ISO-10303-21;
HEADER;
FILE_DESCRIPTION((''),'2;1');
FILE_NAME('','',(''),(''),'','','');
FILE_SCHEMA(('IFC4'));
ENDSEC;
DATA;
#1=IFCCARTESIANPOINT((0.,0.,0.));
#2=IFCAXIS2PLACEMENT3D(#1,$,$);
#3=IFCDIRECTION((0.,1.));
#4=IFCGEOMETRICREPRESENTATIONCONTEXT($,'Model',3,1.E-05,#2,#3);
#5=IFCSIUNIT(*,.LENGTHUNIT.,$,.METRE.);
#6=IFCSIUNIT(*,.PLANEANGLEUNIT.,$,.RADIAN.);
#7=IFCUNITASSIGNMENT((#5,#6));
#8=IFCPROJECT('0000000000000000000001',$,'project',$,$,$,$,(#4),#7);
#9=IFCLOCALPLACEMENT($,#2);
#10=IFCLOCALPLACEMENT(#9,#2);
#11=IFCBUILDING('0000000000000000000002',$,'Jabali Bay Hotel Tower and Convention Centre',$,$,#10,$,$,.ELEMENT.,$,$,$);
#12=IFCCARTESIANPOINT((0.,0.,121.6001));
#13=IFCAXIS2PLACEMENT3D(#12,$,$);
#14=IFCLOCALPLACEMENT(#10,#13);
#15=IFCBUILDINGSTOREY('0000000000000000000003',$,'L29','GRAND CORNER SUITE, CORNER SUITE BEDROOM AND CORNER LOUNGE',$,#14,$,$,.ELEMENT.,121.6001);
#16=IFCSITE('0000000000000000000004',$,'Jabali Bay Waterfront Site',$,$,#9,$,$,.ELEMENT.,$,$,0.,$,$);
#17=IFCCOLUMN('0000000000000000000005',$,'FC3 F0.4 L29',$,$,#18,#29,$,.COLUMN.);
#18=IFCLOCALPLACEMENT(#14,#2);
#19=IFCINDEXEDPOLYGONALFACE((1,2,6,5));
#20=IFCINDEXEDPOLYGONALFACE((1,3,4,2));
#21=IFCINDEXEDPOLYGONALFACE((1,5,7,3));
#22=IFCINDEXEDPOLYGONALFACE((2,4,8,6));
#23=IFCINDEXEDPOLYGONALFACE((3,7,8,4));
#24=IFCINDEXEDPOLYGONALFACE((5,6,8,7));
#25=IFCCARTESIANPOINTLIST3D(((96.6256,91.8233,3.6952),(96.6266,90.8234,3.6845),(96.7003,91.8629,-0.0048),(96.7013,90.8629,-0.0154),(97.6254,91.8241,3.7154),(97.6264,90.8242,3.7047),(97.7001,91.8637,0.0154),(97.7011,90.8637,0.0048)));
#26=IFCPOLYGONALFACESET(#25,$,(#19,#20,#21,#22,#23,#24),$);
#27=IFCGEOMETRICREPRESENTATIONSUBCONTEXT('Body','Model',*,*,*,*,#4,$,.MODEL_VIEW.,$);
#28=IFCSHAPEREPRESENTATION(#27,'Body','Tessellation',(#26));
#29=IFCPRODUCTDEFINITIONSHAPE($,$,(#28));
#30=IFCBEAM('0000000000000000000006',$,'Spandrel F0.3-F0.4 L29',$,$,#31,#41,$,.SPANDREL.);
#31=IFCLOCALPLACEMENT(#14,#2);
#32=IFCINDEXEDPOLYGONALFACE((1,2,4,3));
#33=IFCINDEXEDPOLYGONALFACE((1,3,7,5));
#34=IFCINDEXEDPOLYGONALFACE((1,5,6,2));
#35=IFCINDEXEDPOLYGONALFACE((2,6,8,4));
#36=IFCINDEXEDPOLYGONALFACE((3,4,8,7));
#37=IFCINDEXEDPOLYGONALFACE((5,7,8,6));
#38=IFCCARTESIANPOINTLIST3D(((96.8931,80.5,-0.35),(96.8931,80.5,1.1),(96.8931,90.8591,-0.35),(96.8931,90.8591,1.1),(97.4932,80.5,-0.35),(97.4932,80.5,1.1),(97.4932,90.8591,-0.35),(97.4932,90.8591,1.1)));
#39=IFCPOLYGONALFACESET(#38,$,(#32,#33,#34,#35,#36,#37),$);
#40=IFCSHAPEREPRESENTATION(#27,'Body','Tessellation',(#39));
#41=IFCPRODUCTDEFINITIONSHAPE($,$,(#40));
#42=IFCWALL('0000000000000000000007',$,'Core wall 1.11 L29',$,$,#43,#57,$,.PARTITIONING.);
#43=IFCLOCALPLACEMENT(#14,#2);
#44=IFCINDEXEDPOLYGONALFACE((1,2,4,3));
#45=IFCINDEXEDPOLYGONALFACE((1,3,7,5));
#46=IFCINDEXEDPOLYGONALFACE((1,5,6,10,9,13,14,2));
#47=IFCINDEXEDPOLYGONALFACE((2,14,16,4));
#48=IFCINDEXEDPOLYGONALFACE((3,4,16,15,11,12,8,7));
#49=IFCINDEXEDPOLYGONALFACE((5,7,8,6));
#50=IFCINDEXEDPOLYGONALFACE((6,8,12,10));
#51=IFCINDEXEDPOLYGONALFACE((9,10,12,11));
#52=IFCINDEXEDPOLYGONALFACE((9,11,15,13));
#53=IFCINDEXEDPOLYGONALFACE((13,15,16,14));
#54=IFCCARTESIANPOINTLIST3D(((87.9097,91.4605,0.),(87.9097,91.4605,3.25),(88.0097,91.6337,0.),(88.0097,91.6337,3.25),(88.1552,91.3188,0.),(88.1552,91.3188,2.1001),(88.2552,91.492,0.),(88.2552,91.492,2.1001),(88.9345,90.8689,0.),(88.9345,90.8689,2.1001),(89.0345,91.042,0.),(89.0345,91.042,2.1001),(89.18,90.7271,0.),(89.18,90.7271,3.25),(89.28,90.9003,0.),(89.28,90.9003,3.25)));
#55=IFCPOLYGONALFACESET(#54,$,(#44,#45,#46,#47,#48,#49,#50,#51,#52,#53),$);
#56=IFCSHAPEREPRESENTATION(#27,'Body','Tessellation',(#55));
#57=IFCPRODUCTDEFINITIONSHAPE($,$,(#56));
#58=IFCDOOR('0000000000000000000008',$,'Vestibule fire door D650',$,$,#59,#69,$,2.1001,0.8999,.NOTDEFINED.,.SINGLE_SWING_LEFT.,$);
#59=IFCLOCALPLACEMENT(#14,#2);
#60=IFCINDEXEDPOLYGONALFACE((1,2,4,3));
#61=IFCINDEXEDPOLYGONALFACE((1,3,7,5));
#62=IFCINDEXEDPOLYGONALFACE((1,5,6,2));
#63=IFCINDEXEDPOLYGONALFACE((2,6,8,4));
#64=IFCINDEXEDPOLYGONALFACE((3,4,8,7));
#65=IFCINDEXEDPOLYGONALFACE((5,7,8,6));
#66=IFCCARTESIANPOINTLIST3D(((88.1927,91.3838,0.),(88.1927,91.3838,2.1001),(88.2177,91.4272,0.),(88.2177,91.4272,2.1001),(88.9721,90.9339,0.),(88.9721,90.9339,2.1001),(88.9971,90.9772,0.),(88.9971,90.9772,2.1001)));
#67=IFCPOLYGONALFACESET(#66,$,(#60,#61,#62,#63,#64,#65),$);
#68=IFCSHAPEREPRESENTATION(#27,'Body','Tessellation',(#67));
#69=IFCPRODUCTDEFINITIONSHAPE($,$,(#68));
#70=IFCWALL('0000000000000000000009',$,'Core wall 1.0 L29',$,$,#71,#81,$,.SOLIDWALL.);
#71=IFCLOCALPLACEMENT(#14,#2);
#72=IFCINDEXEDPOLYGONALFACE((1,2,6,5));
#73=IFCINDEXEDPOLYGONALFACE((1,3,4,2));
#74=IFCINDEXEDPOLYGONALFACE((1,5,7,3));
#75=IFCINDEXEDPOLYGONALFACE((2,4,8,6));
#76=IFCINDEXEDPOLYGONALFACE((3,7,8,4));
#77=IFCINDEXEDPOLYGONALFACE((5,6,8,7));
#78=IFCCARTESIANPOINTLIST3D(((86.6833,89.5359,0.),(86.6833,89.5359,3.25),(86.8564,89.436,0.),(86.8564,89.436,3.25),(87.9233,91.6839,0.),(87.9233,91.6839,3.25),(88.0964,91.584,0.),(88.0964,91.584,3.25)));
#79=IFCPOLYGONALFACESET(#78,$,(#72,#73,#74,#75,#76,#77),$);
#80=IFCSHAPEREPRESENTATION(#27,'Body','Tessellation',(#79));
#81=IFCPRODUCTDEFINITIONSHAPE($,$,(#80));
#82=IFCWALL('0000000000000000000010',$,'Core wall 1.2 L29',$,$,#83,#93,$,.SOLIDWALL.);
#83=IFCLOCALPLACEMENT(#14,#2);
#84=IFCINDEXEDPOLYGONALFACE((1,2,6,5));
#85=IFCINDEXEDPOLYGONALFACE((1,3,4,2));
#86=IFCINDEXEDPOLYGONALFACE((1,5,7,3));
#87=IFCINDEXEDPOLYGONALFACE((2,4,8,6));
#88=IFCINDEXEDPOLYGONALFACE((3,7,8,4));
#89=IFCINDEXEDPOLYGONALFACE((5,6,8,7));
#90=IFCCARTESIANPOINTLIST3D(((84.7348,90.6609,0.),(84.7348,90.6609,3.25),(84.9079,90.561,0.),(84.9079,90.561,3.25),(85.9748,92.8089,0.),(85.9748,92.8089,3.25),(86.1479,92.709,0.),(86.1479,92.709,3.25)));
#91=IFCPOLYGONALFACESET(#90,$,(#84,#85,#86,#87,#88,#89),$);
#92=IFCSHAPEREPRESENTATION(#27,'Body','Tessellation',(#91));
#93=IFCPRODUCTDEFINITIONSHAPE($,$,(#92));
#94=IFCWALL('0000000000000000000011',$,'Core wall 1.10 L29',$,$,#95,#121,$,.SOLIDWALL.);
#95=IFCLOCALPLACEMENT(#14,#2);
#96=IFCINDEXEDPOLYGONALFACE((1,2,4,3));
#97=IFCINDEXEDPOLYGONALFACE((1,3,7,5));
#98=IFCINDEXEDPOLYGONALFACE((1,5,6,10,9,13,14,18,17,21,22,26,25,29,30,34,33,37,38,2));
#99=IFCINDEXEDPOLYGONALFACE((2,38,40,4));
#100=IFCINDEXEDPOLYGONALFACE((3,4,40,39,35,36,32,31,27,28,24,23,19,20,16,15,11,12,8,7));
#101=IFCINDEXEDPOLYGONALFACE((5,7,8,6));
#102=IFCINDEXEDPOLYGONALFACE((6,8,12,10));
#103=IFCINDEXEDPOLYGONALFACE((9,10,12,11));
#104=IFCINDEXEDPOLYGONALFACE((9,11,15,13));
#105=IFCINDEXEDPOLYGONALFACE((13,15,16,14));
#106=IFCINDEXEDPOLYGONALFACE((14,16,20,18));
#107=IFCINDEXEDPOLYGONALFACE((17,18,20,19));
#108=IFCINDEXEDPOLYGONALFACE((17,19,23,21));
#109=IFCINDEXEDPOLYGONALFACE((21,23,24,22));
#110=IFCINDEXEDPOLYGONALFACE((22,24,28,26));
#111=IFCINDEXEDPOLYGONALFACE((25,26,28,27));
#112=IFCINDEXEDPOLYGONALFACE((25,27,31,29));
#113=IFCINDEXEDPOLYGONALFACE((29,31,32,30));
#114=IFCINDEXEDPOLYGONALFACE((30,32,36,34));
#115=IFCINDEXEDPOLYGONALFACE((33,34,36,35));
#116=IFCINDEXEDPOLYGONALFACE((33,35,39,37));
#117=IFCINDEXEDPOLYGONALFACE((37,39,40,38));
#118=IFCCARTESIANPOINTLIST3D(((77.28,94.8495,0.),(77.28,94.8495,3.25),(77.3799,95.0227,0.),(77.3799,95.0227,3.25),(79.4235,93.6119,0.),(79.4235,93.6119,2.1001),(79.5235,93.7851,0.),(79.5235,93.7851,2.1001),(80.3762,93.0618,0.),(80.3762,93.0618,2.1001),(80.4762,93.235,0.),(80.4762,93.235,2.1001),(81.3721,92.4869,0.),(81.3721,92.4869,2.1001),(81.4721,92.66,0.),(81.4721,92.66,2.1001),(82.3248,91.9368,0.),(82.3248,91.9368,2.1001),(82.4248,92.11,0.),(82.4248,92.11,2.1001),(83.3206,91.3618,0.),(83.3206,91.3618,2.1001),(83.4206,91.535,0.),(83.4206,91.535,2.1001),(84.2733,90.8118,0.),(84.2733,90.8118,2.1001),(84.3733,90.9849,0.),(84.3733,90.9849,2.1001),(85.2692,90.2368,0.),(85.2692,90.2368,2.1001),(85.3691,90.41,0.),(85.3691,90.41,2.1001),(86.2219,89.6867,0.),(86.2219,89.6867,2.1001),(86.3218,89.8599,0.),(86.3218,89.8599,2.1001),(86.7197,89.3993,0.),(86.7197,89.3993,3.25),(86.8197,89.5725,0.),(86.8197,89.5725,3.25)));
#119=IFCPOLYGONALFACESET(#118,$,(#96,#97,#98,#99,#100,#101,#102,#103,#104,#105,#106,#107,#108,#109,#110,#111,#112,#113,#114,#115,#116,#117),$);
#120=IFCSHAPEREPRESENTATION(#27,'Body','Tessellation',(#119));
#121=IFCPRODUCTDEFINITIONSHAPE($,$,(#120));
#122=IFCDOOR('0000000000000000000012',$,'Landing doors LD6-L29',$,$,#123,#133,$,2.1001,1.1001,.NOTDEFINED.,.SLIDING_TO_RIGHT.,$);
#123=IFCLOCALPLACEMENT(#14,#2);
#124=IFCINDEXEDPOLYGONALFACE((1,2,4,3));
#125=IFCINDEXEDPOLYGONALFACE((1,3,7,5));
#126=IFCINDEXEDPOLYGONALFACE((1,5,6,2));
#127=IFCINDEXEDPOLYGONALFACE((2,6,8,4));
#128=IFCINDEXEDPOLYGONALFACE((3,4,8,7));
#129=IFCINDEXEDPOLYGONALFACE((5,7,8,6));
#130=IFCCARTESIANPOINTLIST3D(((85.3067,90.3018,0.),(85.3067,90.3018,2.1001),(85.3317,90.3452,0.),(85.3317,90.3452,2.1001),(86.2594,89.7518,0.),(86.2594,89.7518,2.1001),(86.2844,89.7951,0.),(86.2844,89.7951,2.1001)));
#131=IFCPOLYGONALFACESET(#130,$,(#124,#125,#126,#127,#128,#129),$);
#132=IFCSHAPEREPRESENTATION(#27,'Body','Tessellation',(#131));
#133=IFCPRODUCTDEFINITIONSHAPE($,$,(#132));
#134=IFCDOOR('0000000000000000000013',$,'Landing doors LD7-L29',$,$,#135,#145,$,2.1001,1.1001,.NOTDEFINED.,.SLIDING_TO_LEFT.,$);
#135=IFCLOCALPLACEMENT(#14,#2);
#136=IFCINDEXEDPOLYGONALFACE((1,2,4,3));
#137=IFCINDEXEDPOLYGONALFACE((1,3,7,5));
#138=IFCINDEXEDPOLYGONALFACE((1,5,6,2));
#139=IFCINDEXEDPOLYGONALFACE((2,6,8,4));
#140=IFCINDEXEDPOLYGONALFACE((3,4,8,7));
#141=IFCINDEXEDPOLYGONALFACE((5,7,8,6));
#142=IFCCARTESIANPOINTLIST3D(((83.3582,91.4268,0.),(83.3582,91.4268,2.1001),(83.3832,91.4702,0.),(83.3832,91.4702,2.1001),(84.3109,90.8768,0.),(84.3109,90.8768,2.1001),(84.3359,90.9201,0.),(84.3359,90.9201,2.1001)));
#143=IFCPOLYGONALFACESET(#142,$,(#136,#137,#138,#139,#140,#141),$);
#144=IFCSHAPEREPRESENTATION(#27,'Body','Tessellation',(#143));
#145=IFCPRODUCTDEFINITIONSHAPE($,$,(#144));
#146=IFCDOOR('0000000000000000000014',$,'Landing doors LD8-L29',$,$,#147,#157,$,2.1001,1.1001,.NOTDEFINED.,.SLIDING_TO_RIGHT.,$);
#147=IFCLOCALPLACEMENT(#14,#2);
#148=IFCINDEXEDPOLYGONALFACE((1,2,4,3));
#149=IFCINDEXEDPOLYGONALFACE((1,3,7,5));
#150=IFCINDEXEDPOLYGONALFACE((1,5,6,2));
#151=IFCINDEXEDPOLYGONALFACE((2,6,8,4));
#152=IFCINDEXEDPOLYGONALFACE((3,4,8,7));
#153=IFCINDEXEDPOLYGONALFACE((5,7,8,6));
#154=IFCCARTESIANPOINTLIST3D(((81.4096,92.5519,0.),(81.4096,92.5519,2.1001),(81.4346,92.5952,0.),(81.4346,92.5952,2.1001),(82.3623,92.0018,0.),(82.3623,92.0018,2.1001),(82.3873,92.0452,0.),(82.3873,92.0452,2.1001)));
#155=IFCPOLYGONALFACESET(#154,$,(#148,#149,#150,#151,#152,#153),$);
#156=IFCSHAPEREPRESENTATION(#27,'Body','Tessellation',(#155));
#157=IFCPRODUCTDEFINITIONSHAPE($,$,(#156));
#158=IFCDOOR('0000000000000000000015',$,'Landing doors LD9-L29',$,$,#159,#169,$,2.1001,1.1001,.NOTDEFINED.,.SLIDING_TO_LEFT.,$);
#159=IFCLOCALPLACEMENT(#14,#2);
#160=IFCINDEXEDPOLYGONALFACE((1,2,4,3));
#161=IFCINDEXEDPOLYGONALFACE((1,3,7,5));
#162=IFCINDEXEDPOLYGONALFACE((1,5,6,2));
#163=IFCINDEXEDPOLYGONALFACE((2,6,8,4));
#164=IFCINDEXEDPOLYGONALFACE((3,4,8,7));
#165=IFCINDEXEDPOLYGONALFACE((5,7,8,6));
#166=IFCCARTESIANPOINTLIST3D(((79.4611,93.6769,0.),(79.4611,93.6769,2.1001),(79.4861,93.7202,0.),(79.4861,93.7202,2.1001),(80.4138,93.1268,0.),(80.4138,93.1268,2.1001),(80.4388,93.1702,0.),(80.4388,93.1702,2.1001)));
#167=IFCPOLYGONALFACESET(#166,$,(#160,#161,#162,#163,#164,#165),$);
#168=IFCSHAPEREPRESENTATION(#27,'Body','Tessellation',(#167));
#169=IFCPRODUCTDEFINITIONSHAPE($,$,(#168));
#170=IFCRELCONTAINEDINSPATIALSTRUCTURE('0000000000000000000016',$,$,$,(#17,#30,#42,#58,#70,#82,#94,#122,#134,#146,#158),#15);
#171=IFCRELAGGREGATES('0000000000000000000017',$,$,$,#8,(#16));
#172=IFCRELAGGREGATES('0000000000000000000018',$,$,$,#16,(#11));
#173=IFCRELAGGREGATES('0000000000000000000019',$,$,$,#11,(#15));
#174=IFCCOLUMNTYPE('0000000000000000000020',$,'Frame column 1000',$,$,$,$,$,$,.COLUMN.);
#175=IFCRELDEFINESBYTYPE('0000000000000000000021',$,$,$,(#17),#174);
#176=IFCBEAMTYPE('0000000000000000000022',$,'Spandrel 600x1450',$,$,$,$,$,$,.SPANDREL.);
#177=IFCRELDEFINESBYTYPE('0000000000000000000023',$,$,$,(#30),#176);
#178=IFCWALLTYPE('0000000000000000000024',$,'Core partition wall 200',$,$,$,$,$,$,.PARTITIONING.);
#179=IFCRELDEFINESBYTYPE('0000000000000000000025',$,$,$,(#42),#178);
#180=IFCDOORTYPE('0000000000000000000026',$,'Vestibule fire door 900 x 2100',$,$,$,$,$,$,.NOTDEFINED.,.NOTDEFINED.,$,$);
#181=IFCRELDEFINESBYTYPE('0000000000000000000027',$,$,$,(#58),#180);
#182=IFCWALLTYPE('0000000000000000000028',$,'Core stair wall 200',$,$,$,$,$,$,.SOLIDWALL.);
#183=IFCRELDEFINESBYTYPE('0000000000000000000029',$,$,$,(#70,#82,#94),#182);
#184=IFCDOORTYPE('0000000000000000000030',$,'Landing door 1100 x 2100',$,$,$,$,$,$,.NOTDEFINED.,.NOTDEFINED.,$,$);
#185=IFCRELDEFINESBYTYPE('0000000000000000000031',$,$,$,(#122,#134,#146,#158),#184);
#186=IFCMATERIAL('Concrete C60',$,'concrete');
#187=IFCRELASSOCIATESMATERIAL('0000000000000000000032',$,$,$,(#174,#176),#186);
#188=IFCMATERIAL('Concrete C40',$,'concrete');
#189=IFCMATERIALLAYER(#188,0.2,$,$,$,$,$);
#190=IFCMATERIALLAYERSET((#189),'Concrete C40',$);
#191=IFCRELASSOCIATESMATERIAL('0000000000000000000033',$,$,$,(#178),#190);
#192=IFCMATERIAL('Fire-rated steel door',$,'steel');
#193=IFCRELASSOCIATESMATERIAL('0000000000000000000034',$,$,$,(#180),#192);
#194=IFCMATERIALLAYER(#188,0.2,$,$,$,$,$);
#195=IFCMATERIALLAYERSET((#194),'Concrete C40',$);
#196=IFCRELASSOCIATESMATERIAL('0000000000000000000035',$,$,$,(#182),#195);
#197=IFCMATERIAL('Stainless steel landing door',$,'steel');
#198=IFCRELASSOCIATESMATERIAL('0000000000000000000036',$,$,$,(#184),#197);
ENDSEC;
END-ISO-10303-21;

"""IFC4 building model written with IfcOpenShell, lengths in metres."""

from ifc_helpers import new_model, si_unit, direction, frame, frame_2d, origin, origin_2d, place, context, subcontext, project, spatial, rectangle, extrude, material, layer, layer_set, material_profile, profile_set, type_object, element, fill, save


model = new_model("IFC4")

# Units and contexts
model_context = context("Model", 3, precision=1e-05, world=origin(), true_north=direction((0.0, 1.0)))
body_context = subcontext(model_context, "Body", "Model", "MODEL_VIEW")
ifc_project = project(units=[si_unit("LENGTHUNIT", "METRE"), si_unit("PLANEANGLEUNIT", "RADIAN")], contexts=[model_context])

# Site, building, storey
site_placement = place(None, origin())
site = spatial("IfcSite", under=ifc_project, at=site_placement, Name="Jabali Bay Waterfront Site", CompositionType="ELEMENT", RefElevation=0.0)
building_placement = place(site_placement, origin())
building = spatial("IfcBuilding", under=site, at=building_placement, Name="Jabali Bay Hotel Tower and Convention Centre", CompositionType="ELEMENT")
storey_placement = place(building_placement, frame((0.0, 0.0, 121.6001)))
storey = spatial("IfcBuildingStorey", under=building, at=storey_placement, Name="L29", Description="GRAND CORNER SUITE, CORNER SUITE BEDROOM AND CORNER LOUNGE", CompositionType="ELEMENT", Elevation=121.6001)

# Column
ifc_material_1 = material(Name="Concrete C60", Category="concrete")
ifc_material_profile_1 = material_profile(ifc_material_1, rectangle(XDim=1.0, YDim=1.0, at=origin_2d()), Name="Frame column 1000")
ifc_profile_set_1 = profile_set([ifc_material_profile_1], Name="Concrete C60")
column_type = type_object("IfcColumnType", Name="Frame column 1000", PredefinedType="COLUMN", material=ifc_profile_set_1)
column_placement = place(storey_placement, frame((97.2007, 91.3633, 0.0), z_axis=(-0.020186, -0.010687, 0.999739), x_axis=(0.999796, 0.000797, 0.020196)))
element("IfcColumn", 1, at=column_placement, inside=storey, type_object=column_type, Name="FC3 F0.4 L29", PredefinedType="COLUMN", context=body_context, shape_type="SweptSolid", body=[
    extrude(rectangle(XDim=1.0, YDim=1.0, at=origin_2d()), origin(), (0.0, 0.0, 1.0), 3.7009),
])

# Beam
ifc_material_profile_2 = material_profile(ifc_material_1, rectangle(XDim=0.6001, YDim=1.45, at=origin_2d()), Name="Spandrel 600x1450")
ifc_profile_set_2 = profile_set([ifc_material_profile_2], Name="Concrete C60")
beam_type = type_object("IfcBeamType", Name="Spandrel 600x1450", PredefinedType="SPANDREL", material=ifc_profile_set_2)
beam_placement = place(storey_placement, frame((97.1931, 80.5, 0.375), z_axis=(0.0, 1.0, 0.0), x_axis=(-1.0, 0.0, 0.0)))
element("IfcBeam", 2, at=beam_placement, inside=storey, type_object=beam_type, Name="Spandrel F0.3-F0.4 L29", PredefinedType="SPANDREL", context=body_context, shape_type="SweptSolid", body=[
    extrude(rectangle(XDim=0.6001, YDim=1.45, at=origin_2d()), origin(), (0.0, 0.0, 1.0), 10.3591),
])

# Wall, opening, door
ifc_material_2 = material(Name="Concrete C40", Category="concrete")
ifc_layer_1 = layer(ifc_material_2, 0.2)
ifc_layer_set_1 = layer_set([ifc_layer_1], Name="Concrete C40")
wall_type_1 = type_object("IfcWallType", Name="Core partition wall 200", PredefinedType="PARTITIONING", material=ifc_layer_set_1)
wall_1_placement = place(storey_placement, frame((89.23, 90.8137, 0.0), z_axis=(0.0, 0.0, 1.0), x_axis=(-0.866022, 0.500006, 0.0)))
wall_1 = element("IfcWall", 3, at=wall_1_placement, inside=storey, type_object=wall_type_1, Name="Core wall 1.11 L29", PredefinedType="PARTITIONING", context=body_context, shape_type="SweptSolid", body=[
    extrude(rectangle(XDim=1.4668, YDim=0.2, at=frame_2d((0.7334, 0.0))), origin(), (0.0, 0.0, 1.0), 3.25),
])
opening_1_placement = place(wall_1_placement, frame((0.2834, 0.0, 0.0)))
opening_1 = element("IfcOpeningElement", 4, at=opening_1_placement, cuts=wall_1, PredefinedType="OPENING", context=body_context, shape_type="SweptSolid", body=[
    extrude(rectangle(XDim=0.8999, YDim=2.1001, at=frame_2d((0.45, 1.05))), frame((0.0, 0.1104, 0.0), z_axis=(0.0, -1.0, 0.0), x_axis=(1.0, 0.0, 0.0)), (0.0, 0.0, 1.0), 0.2209),
])
ifc_material_3 = material(Name="Fire-rated steel door", Category="steel")
door_type_1 = type_object("IfcDoorType", Name="Vestibule fire door 900 x 2100", OperationType="NOTDEFINED", PredefinedType="NOTDEFINED", material=ifc_material_3)
door_1_placement = place(opening_1_placement, origin())
door_1 = element("IfcDoor", 5, at=door_1_placement, inside=storey, type_object=door_type_1, Name="Vestibule fire door D650", OperationType="SINGLE_SWING_LEFT", OverallHeight=2.1001, OverallWidth=0.8999, PredefinedType="NOTDEFINED", context=body_context, shape_type="SweptSolid", body=[
    extrude(rectangle(XDim=0.8999, YDim=2.1001, at=frame_2d((0.45, 1.05))), frame((0.0, 0.0249, 0.0), z_axis=(0.0, -1.0, 0.0), x_axis=(1.0, 0.0, 0.0)), (0.0, 0.0, 1.0), 0.05),
])
fill(opening_1, door_1)

# Walls
ifc_layer_2 = layer(ifc_material_2, 0.2)
ifc_layer_set_2 = layer_set([ifc_layer_2], Name="Concrete C40")
wall_type_2 = type_object("IfcWallType", Name="Core stair wall 200", PredefinedType="SOLIDWALL", material=ifc_layer_set_2)
for number, where, z_axis, x_axis, name in (
    (6, (86.7698, 89.4858, 0.0), (0.0, 0.0, 1.0), (0.499961, 0.866048, 0.0), "Core wall 1.0 L29"),
    (7, (84.8213, 90.6108, 0.0), (0.0, 0.0, 1.0), (0.499961, 0.866048, 0.0), "Core wall 1.2 L29"),
):
    element("IfcWall", number, at=place(storey_placement, frame(where, z_axis=z_axis, x_axis=x_axis)), inside=storey, type_object=wall_type_2, Name=name, PredefinedType="SOLIDWALL", context=body_context, shape_type="SweptSolid", body=[
        extrude(rectangle(XDim=2.4802, YDim=0.2, at=frame_2d((1.2402, 0.0))), origin(), (0.0, 0.0, 1.0), 3.25),
    ])

# Wall, openings, doors
wall_2_placement = place(storey_placement, frame((86.7698, 89.4858, 0.0), z_axis=(0.0, 0.0, 1.0), x_axis=(-0.866018, 0.500013, 0.0)))
wall_2 = element("IfcWall", 8, at=wall_2_placement, inside=storey, type_object=wall_type_2, Name="Core wall 1.10 L29", PredefinedType="SOLIDWALL", context=body_context, shape_type="SweptSolid", body=[
    extrude(rectangle(XDim=10.9001, YDim=0.2, at=frame_2d((5.4502, 0.0))), origin(), (0.0, 0.0, 1.0), 3.25),
])
opening_2_placement = place(wall_2_placement, frame((0.575, 0.0, 0.0)))
opening_2 = element("IfcOpeningElement", 9, at=opening_2_placement, cuts=wall_2, PredefinedType="OPENING", context=body_context, shape_type="SweptSolid", body=[
    extrude(rectangle(XDim=1.1001, YDim=2.1001, at=frame_2d((0.55, 1.05))), frame((0.0, 0.1104, 0.0), z_axis=(0.0, -1.0, 0.0), x_axis=(1.0, 0.0, 0.0)), (0.0, 0.0, 1.0), 0.2209),
])
opening_3_placement = place(wall_2_placement, frame((2.825, 0.0, 0.0)))
opening_3 = element("IfcOpeningElement", 10, at=opening_3_placement, cuts=wall_2, PredefinedType="OPENING", context=body_context, shape_type="SweptSolid", body=[
    extrude(rectangle(XDim=1.1001, YDim=2.1001, at=frame_2d((0.55, 1.05))), frame((0.0, 0.1104, 0.0), z_axis=(0.0, -1.0, 0.0), x_axis=(1.0, 0.0, 0.0)), (0.0, 0.0, 1.0), 0.2209),
])
opening_4_placement = place(wall_2_placement, frame((5.075, 0.0, 0.0)))
opening_4 = element("IfcOpeningElement", 11, at=opening_4_placement, cuts=wall_2, PredefinedType="OPENING", context=body_context, shape_type="SweptSolid", body=[
    extrude(rectangle(XDim=1.1001, YDim=2.1001, at=frame_2d((0.55, 1.05))), frame((0.0, 0.1104, 0.0), z_axis=(0.0, -1.0, 0.0), x_axis=(1.0, 0.0, 0.0)), (0.0, 0.0, 1.0), 0.2209),
])
opening_5_placement = place(wall_2_placement, frame((7.325, 0.0, 0.0)))
opening_5 = element("IfcOpeningElement", 12, at=opening_5_placement, cuts=wall_2, PredefinedType="OPENING", context=body_context, shape_type="SweptSolid", body=[
    extrude(rectangle(XDim=1.1001, YDim=2.1001, at=frame_2d((0.55, 1.05))), frame((0.0, 0.1104, 0.0), z_axis=(0.0, -1.0, 0.0), x_axis=(1.0, 0.0, 0.0)), (0.0, 0.0, 1.0), 0.2209),
])
ifc_material_4 = material(Name="Stainless steel landing door", Category="steel")
door_type_2 = type_object("IfcDoorType", Name="Landing door 1100 x 2100", OperationType="NOTDEFINED", PredefinedType="NOTDEFINED", material=ifc_material_4)
door_2_placement = place(opening_2_placement, origin())
door_2 = element("IfcDoor", 13, at=door_2_placement, inside=storey, type_object=door_type_2, Name="Landing doors LD6-L29", OperationType="SLIDING_TO_RIGHT", OverallHeight=2.1001, OverallWidth=1.1001, PredefinedType="NOTDEFINED", context=body_context, shape_type="SweptSolid", body=[
    extrude(rectangle(XDim=1.1001, YDim=2.1001, at=frame_2d((0.55, 1.05))), frame((0.0, 0.0249, 0.0), z_axis=(0.0, -1.0, 0.0), x_axis=(1.0, 0.0, 0.0)), (0.0, 0.0, 1.0), 0.05),
])
fill(opening_2, door_2)
door_3_placement = place(opening_3_placement, origin())
door_3 = element("IfcDoor", 14, at=door_3_placement, inside=storey, type_object=door_type_2, Name="Landing doors LD7-L29", OperationType="SLIDING_TO_LEFT", OverallHeight=2.1001, OverallWidth=1.1001, PredefinedType="NOTDEFINED", context=body_context, shape_type="SweptSolid", body=[
    extrude(rectangle(XDim=1.1001, YDim=2.1001, at=frame_2d((0.55, 1.05))), frame((0.0, 0.0249, 0.0), z_axis=(0.0, -1.0, 0.0), x_axis=(1.0, 0.0, 0.0)), (0.0, 0.0, 1.0), 0.05),
])
fill(opening_3, door_3)
door_4_placement = place(opening_4_placement, origin())
door_4 = element("IfcDoor", 15, at=door_4_placement, inside=storey, type_object=door_type_2, Name="Landing doors LD8-L29", OperationType="SLIDING_TO_RIGHT", OverallHeight=2.1001, OverallWidth=1.1001, PredefinedType="NOTDEFINED", context=body_context, shape_type="SweptSolid", body=[
    extrude(rectangle(XDim=1.1001, YDim=2.1001, at=frame_2d((0.55, 1.05))), frame((0.0, 0.0249, 0.0), z_axis=(0.0, -1.0, 0.0), x_axis=(1.0, 0.0, 0.0)), (0.0, 0.0, 1.0), 0.05),
])
fill(opening_4, door_4)
door_5_placement = place(opening_5_placement, origin())
door_5 = element("IfcDoor", 16, at=door_5_placement, inside=storey, type_object=door_type_2, Name="Landing doors LD9-L29", OperationType="SLIDING_TO_LEFT", OverallHeight=2.1001, OverallWidth=1.1001, PredefinedType="NOTDEFINED", context=body_context, shape_type="SweptSolid", body=[
    extrude(rectangle(XDim=1.1001, YDim=2.1001, at=frame_2d((0.55, 1.05))), frame((0.0, 0.0249, 0.0), z_axis=(0.0, -1.0, 0.0), x_axis=(1.0, 0.0, 0.0)), (0.0, 0.0, 1.0), 0.05),
])
fill(opening_5, door_5)

save(model, "model.ifc")
